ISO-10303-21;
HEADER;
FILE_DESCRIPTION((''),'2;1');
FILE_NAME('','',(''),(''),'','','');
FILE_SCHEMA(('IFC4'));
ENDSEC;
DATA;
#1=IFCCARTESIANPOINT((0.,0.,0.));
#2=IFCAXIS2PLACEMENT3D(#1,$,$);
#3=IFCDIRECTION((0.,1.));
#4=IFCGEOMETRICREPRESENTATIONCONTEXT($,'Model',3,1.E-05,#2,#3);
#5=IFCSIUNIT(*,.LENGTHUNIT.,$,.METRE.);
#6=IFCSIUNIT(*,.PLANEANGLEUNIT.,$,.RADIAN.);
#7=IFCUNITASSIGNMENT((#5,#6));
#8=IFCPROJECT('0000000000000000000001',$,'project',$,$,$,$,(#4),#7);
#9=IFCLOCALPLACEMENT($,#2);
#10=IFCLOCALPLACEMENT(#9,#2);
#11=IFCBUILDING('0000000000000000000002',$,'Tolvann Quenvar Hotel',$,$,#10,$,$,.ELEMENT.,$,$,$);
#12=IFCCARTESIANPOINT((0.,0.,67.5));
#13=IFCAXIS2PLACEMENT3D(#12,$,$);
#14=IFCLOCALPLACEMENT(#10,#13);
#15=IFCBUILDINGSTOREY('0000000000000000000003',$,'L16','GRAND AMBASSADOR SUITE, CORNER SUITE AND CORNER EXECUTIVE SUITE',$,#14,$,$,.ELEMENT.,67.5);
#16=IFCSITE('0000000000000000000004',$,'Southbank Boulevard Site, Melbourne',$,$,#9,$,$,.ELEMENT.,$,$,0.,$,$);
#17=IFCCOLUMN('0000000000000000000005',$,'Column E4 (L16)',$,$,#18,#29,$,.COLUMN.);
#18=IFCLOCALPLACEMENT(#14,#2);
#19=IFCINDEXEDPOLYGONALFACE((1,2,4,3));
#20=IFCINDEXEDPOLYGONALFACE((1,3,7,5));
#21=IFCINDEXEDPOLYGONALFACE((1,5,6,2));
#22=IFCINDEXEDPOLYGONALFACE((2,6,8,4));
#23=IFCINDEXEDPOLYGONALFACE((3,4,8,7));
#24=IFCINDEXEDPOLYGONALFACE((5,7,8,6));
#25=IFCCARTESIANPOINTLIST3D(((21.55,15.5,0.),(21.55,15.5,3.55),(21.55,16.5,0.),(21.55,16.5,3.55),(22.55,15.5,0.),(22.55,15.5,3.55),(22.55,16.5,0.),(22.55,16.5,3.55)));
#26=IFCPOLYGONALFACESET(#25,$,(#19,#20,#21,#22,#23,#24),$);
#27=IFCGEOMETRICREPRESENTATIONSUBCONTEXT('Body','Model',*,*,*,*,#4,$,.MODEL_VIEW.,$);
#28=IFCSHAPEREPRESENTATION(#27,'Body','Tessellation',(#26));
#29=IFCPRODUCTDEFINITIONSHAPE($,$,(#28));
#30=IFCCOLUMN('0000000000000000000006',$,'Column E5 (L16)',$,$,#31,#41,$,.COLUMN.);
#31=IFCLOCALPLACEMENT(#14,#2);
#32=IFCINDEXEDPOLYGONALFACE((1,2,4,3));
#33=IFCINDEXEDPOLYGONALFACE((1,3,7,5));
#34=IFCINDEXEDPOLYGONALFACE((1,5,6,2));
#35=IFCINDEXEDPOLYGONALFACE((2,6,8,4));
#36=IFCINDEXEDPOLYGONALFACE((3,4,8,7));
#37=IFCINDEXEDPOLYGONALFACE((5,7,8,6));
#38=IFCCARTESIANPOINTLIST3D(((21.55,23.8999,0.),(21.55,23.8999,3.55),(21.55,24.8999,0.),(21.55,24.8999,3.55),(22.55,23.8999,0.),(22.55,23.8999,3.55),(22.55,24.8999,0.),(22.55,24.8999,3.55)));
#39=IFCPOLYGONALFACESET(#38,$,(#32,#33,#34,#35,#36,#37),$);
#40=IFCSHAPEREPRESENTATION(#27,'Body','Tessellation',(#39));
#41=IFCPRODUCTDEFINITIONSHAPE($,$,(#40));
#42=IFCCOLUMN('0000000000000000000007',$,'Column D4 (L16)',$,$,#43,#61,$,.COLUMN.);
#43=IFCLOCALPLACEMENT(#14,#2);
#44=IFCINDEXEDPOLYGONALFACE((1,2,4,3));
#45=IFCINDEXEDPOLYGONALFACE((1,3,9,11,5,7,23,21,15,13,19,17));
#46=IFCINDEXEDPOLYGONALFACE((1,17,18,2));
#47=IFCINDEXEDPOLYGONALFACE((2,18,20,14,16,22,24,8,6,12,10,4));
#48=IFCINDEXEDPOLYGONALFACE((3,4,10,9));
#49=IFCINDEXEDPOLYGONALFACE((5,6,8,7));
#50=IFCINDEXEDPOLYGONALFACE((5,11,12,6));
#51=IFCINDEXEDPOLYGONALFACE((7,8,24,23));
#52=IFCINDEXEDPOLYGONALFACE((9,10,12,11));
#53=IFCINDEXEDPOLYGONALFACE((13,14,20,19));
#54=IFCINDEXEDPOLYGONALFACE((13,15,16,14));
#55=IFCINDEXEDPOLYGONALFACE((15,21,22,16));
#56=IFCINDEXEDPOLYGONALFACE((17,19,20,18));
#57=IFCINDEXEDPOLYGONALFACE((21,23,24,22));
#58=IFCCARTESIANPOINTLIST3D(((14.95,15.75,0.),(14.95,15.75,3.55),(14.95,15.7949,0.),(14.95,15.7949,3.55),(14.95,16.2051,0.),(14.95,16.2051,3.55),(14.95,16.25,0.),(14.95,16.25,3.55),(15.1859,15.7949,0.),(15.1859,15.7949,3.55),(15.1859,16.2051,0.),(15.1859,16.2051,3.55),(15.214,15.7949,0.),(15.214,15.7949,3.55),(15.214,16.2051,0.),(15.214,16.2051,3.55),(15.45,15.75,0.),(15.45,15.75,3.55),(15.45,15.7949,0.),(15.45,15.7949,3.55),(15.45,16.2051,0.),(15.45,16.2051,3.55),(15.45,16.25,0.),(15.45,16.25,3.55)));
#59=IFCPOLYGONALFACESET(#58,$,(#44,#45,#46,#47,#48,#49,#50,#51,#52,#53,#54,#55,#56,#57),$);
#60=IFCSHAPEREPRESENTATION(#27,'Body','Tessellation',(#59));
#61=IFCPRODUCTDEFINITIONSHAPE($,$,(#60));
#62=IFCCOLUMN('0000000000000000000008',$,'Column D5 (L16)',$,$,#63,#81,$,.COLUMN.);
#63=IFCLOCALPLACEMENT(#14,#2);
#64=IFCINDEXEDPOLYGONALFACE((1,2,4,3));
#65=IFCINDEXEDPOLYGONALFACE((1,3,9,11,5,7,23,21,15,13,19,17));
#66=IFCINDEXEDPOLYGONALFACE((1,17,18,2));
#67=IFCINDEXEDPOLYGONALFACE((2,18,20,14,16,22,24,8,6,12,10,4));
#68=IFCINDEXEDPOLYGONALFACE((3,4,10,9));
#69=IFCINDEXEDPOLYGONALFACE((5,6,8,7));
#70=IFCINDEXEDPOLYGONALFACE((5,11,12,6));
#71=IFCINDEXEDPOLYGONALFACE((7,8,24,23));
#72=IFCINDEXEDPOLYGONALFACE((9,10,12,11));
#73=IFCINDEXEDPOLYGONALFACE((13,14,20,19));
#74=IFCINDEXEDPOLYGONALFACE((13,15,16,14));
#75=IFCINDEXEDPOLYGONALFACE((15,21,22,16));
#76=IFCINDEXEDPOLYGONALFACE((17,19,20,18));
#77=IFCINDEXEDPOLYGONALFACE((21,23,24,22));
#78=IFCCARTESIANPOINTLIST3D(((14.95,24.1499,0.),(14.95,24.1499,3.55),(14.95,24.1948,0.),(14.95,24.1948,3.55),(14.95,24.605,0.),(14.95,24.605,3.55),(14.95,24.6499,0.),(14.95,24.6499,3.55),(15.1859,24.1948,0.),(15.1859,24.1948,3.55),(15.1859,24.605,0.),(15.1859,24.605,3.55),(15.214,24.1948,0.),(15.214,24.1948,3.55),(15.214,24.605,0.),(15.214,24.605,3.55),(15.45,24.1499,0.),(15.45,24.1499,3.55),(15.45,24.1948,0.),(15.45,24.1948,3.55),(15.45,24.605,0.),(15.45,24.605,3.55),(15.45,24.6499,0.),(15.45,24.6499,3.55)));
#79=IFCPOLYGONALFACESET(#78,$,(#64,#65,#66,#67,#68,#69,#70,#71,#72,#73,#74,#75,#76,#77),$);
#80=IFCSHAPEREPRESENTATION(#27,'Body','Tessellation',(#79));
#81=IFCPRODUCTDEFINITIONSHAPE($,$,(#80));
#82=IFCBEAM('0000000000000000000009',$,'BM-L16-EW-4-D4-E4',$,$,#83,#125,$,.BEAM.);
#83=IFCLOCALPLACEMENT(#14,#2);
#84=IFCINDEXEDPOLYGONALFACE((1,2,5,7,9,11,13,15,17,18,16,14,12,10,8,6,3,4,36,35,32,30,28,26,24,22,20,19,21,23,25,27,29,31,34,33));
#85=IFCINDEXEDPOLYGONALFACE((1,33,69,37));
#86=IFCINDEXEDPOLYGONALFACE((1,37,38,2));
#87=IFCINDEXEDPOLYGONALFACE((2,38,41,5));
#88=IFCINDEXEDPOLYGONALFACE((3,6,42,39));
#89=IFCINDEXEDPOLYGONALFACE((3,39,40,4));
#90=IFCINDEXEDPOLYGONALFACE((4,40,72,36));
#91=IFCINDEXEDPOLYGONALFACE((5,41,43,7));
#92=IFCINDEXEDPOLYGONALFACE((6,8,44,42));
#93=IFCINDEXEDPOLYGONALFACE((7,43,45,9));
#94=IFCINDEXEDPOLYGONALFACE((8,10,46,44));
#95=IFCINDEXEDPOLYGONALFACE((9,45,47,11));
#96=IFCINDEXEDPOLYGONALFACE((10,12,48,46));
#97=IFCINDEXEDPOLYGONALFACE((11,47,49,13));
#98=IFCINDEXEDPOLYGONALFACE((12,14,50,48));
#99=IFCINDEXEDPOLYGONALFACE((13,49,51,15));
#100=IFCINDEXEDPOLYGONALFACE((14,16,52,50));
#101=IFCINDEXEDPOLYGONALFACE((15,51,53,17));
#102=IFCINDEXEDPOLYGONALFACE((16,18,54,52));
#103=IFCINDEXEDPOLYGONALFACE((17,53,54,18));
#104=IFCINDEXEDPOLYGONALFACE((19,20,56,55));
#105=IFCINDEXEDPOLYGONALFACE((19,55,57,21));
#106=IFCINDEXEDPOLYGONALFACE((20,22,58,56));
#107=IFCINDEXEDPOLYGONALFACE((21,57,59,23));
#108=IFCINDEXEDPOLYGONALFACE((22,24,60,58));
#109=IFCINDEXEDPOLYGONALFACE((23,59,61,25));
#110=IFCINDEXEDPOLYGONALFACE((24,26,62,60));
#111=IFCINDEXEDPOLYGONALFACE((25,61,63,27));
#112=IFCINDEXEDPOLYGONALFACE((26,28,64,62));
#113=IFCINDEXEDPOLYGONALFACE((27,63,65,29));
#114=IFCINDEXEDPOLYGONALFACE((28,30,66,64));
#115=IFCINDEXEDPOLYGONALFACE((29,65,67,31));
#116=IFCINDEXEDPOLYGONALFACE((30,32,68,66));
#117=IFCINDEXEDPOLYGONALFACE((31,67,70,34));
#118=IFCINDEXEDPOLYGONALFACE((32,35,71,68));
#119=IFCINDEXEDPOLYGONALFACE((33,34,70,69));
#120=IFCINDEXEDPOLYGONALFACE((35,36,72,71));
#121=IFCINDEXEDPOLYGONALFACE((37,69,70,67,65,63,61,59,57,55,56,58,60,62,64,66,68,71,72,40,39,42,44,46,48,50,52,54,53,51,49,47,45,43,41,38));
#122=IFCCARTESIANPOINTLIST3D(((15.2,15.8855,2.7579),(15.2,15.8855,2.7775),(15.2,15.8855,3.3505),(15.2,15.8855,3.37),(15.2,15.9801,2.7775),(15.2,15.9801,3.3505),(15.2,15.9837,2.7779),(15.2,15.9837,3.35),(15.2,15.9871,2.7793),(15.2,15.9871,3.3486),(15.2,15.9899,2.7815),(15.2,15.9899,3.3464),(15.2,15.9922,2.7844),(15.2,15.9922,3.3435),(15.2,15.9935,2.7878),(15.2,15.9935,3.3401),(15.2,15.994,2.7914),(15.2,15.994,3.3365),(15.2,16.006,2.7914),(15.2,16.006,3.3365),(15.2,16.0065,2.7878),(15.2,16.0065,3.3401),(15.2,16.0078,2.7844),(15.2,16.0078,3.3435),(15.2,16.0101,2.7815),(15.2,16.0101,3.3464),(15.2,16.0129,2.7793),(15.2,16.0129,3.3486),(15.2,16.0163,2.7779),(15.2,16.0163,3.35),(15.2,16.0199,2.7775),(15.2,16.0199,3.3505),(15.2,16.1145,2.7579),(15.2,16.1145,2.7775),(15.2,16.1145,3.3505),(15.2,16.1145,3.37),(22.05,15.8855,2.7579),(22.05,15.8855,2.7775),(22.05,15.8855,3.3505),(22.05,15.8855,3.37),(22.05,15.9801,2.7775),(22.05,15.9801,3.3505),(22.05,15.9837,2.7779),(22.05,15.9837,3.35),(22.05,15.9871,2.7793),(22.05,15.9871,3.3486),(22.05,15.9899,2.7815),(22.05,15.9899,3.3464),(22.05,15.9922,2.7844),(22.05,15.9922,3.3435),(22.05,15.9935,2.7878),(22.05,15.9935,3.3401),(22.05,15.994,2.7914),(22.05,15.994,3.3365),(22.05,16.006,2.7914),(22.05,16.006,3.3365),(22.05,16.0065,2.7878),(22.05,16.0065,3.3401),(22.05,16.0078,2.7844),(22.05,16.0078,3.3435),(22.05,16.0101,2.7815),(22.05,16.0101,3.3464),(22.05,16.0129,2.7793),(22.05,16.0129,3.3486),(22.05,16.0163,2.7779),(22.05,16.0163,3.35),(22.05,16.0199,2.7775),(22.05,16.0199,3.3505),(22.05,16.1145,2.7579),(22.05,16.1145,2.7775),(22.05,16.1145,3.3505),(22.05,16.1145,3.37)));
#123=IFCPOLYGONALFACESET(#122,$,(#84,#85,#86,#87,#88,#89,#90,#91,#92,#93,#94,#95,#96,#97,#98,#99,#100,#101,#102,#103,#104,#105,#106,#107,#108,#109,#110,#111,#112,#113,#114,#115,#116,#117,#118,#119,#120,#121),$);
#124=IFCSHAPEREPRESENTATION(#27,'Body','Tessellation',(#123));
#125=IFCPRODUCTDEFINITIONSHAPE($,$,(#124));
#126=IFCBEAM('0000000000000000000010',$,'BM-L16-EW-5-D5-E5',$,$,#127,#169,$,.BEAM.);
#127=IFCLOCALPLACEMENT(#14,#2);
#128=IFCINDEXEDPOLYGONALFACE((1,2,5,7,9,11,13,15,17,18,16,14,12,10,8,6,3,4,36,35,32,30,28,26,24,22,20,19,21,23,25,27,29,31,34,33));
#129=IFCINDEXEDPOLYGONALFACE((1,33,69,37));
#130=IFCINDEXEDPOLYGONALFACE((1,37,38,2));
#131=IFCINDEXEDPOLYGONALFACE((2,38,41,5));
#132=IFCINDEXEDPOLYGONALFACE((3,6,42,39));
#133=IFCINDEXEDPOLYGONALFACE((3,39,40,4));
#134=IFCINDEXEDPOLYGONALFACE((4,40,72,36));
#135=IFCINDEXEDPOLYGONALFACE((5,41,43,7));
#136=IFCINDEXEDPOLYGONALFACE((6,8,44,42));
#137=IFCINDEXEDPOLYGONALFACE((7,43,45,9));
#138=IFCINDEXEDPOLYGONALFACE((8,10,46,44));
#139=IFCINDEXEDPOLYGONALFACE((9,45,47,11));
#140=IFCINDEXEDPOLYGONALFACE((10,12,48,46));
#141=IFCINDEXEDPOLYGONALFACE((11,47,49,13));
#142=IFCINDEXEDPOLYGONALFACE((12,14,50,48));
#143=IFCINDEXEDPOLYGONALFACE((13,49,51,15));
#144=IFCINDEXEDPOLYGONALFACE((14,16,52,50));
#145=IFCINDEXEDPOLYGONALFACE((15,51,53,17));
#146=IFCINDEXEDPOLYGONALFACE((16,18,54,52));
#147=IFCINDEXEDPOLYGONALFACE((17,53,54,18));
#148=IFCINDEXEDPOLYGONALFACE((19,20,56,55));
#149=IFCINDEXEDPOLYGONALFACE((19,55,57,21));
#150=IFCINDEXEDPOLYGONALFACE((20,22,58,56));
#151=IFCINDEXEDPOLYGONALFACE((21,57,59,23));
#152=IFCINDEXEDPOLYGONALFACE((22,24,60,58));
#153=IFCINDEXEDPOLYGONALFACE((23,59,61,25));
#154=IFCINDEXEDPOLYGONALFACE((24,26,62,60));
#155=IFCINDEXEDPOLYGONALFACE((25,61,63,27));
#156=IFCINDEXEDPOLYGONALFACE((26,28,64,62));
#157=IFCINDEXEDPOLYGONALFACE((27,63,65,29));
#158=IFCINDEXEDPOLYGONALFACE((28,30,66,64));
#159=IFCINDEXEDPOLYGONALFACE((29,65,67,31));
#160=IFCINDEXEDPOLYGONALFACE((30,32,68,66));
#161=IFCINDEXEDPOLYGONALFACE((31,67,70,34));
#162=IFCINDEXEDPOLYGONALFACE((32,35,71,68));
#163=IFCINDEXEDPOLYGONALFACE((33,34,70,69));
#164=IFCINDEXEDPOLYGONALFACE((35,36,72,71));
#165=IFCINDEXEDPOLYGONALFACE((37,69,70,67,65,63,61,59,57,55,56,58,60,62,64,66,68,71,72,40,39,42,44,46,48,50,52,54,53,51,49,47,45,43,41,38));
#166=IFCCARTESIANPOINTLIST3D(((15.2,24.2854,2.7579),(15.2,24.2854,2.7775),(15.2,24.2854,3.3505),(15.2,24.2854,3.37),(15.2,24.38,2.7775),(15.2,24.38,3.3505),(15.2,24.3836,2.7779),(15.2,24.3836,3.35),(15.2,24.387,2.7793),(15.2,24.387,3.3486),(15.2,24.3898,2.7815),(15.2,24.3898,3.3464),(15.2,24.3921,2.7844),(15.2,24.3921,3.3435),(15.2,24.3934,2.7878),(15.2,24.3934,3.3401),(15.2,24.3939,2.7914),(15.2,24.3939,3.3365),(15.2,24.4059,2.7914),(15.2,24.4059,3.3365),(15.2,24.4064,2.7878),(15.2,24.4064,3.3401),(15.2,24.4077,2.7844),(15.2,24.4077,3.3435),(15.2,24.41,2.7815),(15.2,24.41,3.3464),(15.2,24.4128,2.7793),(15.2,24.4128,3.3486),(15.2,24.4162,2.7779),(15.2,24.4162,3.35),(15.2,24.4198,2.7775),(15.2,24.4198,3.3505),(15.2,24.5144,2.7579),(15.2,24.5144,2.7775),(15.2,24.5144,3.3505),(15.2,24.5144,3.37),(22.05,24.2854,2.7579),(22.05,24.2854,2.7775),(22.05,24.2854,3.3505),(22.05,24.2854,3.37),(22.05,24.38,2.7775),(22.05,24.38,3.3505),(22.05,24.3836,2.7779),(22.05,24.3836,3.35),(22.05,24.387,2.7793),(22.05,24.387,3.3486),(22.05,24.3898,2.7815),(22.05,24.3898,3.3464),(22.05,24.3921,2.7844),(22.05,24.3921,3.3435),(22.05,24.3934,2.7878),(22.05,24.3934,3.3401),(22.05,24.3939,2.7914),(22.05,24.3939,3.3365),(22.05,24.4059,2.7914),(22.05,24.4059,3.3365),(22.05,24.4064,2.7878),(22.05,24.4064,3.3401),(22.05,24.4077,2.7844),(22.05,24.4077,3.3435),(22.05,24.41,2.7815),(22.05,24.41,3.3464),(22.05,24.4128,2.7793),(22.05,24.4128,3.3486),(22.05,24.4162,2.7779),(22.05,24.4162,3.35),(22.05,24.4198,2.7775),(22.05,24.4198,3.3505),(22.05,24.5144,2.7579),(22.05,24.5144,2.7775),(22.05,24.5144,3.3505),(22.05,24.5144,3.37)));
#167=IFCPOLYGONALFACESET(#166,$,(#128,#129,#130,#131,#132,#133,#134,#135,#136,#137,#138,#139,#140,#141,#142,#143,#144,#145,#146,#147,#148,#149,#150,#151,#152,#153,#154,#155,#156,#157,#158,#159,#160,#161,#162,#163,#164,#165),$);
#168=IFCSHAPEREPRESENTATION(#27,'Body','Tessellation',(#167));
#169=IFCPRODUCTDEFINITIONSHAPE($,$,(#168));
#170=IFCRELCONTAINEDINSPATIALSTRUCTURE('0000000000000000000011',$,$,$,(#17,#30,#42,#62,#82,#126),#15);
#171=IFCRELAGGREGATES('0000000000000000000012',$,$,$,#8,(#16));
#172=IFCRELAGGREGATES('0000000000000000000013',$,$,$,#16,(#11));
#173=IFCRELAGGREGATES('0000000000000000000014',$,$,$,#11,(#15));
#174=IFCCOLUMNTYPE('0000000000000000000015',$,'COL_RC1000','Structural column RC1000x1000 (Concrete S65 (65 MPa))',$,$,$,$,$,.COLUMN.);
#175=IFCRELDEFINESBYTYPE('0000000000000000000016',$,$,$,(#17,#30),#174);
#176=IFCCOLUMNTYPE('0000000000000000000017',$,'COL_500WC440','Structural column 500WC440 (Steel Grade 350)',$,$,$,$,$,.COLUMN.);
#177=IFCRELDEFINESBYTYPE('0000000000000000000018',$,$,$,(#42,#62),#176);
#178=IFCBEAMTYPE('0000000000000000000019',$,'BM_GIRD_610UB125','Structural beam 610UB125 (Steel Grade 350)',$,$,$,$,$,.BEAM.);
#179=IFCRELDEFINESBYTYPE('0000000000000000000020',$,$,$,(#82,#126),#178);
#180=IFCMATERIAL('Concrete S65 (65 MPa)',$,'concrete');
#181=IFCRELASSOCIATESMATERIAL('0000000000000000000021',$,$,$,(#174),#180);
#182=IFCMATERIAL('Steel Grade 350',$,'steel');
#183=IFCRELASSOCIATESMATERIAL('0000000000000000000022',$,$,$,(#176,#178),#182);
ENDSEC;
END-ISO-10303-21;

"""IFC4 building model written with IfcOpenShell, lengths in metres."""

from ifc_helpers import new_model, si_unit, direction, frame, origin, origin_2d, place, context, subcontext, project, spatial, rectangle, i_section, extrude, source, transform, mapped, material, material_profile, profile_set, type_object, type_shapes, element, save


model = new_model("IFC4")

# Units and contexts
model_context = context("Model", 3, precision=1e-05, world=origin(), true_north=direction((0.0, 1.0)))
body_context = subcontext(model_context, "Body", "Model", "MODEL_VIEW")
ifc_project = project(units=[si_unit("LENGTHUNIT", "METRE"), si_unit("PLANEANGLEUNIT", "RADIAN")], contexts=[model_context])

# Site, building, storey
site_placement = place(None, origin())
site = spatial("IfcSite", under=ifc_project, at=site_placement, Name="Southbank Boulevard Site, Melbourne", CompositionType="ELEMENT", RefElevation=0.0)
building_placement = place(site_placement, origin())
building = spatial("IfcBuilding", under=site, at=building_placement, Name="Tolvann Quenvar Hotel", CompositionType="ELEMENT")
storey_placement = place(building_placement, frame((0.0, 0.0, 67.5)))
storey = spatial("IfcBuildingStorey", under=building, at=storey_placement, Name="L16", Description="GRAND AMBASSADOR SUITE, CORNER SUITE AND CORNER EXECUTIVE SUITE", CompositionType="ELEMENT", Elevation=67.5)

# Columns
ifc_material_1 = material(Name="Concrete S65 (65 MPa)", Category="concrete")
ifc_material_profile_1 = material_profile(ifc_material_1, rectangle(XDim=1.0, YDim=1.0, at=origin_2d()), Name="RC1000x1000")
ifc_profile_set_1 = profile_set([ifc_material_profile_1], Name="Concrete S65 (65 MPa)")
column_type_1 = type_object("IfcColumnType", Name="COL_RC1000", Description="Structural column RC1000x1000 (Concrete S65 (65 MPa))", PredefinedType="COLUMN", material=ifc_profile_set_1)
shared_shape_1 = source(origin(), body_context, "Body", "SweptSolid", [
    extrude(rectangle(XDim=1.0, YDim=1.0, at=origin_2d()), origin(), (0.0, 0.0, 1.0), 3.55),
])
type_shapes(column_type_1, [shared_shape_1])
for number, where, z_axis, x_axis, name in (
    (1, (22.05, 16.0, 0.0), (0.0, 0.0, 1.0), (1.0, 0.0, 0.0), "Column E4 (L16)"),
    (2, (22.05, 24.3999, 0.0), (0.0, 0.0, 1.0), (1.0, 0.0, 0.0), "Column E5 (L16)"),
):
    element("IfcColumn", number, at=place(storey_placement, frame(where, z_axis=z_axis, x_axis=x_axis)), inside=storey, type_object=column_type_1, Name=name, PredefinedType="COLUMN", context=body_context, shape_type="MappedRepresentation", body=[
        mapped(shared_shape_1, transform((0.0, 0.0, 0.0), x_axis=(1.0, 0.0, 0.0), y_axis=(0.0, 1.0, 0.0), z_axis=(0.0, 0.0, 1.0), scale=1.0)),
    ])
ifc_material_2 = material(Name="Steel Grade 350", Category="steel")
ifc_material_profile_2 = material_profile(ifc_material_2, i_section(OverallWidth=0.5, OverallDepth=0.5, WebThickness=0.0281, FlangeThickness=0.0449, at=origin_2d()), Name="500WC440")
ifc_profile_set_2 = profile_set([ifc_material_profile_2], Name="Steel Grade 350")
column_type_2 = type_object("IfcColumnType", Name="COL_500WC440", Description="Structural column 500WC440 (Steel Grade 350)", PredefinedType="COLUMN", material=ifc_profile_set_2)
shared_shape_2 = source(origin(), body_context, "Body", "SweptSolid", [
    extrude(i_section(OverallWidth=0.5, OverallDepth=0.5, WebThickness=0.0281, FlangeThickness=0.0449, at=origin_2d()), origin(), (0.0, 0.0, 1.0), 3.55),
])
type_shapes(column_type_2, [shared_shape_2])
for number, where, z_axis, x_axis, name in (
    (3, (15.2, 16.0, 0.0), (0.0, 0.0, 1.0), (1.0, 0.0, 0.0), "Column D4 (L16)"),
    (4, (15.2, 24.3999, 0.0), (0.0, 0.0, 1.0), (1.0, 0.0, 0.0), "Column D5 (L16)"),
):
    element("IfcColumn", number, at=place(storey_placement, frame(where, z_axis=z_axis, x_axis=x_axis)), inside=storey, type_object=column_type_2, Name=name, PredefinedType="COLUMN", context=body_context, shape_type="MappedRepresentation", body=[
        mapped(shared_shape_2, transform((0.0, 0.0, 0.0), x_axis=(1.0, 0.0, 0.0), y_axis=(0.0, 1.0, 0.0), z_axis=(0.0, 0.0, 1.0), scale=1.0)),
    ])

# Beams
ifc_material_profile_3 = material_profile(ifc_material_2, i_section(OverallWidth=0.229, OverallDepth=0.6121, WebThickness=0.012, FlangeThickness=0.0195, FilletRadius=0.0139, at=origin_2d()), Name="610UB125")
ifc_profile_set_3 = profile_set([ifc_material_profile_3], Name="Steel Grade 350")
beam_type_1 = type_object("IfcBeamType", Name="BM_GIRD_610UB125", Description="Structural beam 610UB125 (Steel Grade 350)", PredefinedType="BEAM", material=ifc_profile_set_3)
shared_shape_3 = source(origin(), body_context, "Body", "SweptSolid", [
    extrude(i_section(OverallWidth=0.229, OverallDepth=0.6121, WebThickness=0.012, FlangeThickness=0.0195, FilletRadius=0.0139, at=origin_2d()), origin(), (0.0, 0.0, 1.0), 6.8501),
])
for number, where, z_axis, x_axis, name in (
    (5, (15.2, 16.0, 3.064), (1.0, 0.0, 0.0), (0.0, 1.0, 0.0), "BM-L16-EW-4-D4-E4"),
    (6, (15.2, 24.3999, 3.064), (1.0, 0.0, 0.0), (0.0, 1.0, 0.0), "BM-L16-EW-5-D5-E5"),
):
    element("IfcBeam", number, at=place(storey_placement, frame(where, z_axis=z_axis, x_axis=x_axis)), inside=storey, type_object=beam_type_1, Name=name, PredefinedType="BEAM", context=body_context, shape_type="MappedRepresentation", body=[
        mapped(shared_shape_3, transform((0.0, 0.0, 0.0), x_axis=(1.0, 0.0, 0.0), y_axis=(0.0, 1.0, 0.0), z_axis=(0.0, 0.0, 1.0), scale=1.0)),
    ])

save(model, "model.ifc")
